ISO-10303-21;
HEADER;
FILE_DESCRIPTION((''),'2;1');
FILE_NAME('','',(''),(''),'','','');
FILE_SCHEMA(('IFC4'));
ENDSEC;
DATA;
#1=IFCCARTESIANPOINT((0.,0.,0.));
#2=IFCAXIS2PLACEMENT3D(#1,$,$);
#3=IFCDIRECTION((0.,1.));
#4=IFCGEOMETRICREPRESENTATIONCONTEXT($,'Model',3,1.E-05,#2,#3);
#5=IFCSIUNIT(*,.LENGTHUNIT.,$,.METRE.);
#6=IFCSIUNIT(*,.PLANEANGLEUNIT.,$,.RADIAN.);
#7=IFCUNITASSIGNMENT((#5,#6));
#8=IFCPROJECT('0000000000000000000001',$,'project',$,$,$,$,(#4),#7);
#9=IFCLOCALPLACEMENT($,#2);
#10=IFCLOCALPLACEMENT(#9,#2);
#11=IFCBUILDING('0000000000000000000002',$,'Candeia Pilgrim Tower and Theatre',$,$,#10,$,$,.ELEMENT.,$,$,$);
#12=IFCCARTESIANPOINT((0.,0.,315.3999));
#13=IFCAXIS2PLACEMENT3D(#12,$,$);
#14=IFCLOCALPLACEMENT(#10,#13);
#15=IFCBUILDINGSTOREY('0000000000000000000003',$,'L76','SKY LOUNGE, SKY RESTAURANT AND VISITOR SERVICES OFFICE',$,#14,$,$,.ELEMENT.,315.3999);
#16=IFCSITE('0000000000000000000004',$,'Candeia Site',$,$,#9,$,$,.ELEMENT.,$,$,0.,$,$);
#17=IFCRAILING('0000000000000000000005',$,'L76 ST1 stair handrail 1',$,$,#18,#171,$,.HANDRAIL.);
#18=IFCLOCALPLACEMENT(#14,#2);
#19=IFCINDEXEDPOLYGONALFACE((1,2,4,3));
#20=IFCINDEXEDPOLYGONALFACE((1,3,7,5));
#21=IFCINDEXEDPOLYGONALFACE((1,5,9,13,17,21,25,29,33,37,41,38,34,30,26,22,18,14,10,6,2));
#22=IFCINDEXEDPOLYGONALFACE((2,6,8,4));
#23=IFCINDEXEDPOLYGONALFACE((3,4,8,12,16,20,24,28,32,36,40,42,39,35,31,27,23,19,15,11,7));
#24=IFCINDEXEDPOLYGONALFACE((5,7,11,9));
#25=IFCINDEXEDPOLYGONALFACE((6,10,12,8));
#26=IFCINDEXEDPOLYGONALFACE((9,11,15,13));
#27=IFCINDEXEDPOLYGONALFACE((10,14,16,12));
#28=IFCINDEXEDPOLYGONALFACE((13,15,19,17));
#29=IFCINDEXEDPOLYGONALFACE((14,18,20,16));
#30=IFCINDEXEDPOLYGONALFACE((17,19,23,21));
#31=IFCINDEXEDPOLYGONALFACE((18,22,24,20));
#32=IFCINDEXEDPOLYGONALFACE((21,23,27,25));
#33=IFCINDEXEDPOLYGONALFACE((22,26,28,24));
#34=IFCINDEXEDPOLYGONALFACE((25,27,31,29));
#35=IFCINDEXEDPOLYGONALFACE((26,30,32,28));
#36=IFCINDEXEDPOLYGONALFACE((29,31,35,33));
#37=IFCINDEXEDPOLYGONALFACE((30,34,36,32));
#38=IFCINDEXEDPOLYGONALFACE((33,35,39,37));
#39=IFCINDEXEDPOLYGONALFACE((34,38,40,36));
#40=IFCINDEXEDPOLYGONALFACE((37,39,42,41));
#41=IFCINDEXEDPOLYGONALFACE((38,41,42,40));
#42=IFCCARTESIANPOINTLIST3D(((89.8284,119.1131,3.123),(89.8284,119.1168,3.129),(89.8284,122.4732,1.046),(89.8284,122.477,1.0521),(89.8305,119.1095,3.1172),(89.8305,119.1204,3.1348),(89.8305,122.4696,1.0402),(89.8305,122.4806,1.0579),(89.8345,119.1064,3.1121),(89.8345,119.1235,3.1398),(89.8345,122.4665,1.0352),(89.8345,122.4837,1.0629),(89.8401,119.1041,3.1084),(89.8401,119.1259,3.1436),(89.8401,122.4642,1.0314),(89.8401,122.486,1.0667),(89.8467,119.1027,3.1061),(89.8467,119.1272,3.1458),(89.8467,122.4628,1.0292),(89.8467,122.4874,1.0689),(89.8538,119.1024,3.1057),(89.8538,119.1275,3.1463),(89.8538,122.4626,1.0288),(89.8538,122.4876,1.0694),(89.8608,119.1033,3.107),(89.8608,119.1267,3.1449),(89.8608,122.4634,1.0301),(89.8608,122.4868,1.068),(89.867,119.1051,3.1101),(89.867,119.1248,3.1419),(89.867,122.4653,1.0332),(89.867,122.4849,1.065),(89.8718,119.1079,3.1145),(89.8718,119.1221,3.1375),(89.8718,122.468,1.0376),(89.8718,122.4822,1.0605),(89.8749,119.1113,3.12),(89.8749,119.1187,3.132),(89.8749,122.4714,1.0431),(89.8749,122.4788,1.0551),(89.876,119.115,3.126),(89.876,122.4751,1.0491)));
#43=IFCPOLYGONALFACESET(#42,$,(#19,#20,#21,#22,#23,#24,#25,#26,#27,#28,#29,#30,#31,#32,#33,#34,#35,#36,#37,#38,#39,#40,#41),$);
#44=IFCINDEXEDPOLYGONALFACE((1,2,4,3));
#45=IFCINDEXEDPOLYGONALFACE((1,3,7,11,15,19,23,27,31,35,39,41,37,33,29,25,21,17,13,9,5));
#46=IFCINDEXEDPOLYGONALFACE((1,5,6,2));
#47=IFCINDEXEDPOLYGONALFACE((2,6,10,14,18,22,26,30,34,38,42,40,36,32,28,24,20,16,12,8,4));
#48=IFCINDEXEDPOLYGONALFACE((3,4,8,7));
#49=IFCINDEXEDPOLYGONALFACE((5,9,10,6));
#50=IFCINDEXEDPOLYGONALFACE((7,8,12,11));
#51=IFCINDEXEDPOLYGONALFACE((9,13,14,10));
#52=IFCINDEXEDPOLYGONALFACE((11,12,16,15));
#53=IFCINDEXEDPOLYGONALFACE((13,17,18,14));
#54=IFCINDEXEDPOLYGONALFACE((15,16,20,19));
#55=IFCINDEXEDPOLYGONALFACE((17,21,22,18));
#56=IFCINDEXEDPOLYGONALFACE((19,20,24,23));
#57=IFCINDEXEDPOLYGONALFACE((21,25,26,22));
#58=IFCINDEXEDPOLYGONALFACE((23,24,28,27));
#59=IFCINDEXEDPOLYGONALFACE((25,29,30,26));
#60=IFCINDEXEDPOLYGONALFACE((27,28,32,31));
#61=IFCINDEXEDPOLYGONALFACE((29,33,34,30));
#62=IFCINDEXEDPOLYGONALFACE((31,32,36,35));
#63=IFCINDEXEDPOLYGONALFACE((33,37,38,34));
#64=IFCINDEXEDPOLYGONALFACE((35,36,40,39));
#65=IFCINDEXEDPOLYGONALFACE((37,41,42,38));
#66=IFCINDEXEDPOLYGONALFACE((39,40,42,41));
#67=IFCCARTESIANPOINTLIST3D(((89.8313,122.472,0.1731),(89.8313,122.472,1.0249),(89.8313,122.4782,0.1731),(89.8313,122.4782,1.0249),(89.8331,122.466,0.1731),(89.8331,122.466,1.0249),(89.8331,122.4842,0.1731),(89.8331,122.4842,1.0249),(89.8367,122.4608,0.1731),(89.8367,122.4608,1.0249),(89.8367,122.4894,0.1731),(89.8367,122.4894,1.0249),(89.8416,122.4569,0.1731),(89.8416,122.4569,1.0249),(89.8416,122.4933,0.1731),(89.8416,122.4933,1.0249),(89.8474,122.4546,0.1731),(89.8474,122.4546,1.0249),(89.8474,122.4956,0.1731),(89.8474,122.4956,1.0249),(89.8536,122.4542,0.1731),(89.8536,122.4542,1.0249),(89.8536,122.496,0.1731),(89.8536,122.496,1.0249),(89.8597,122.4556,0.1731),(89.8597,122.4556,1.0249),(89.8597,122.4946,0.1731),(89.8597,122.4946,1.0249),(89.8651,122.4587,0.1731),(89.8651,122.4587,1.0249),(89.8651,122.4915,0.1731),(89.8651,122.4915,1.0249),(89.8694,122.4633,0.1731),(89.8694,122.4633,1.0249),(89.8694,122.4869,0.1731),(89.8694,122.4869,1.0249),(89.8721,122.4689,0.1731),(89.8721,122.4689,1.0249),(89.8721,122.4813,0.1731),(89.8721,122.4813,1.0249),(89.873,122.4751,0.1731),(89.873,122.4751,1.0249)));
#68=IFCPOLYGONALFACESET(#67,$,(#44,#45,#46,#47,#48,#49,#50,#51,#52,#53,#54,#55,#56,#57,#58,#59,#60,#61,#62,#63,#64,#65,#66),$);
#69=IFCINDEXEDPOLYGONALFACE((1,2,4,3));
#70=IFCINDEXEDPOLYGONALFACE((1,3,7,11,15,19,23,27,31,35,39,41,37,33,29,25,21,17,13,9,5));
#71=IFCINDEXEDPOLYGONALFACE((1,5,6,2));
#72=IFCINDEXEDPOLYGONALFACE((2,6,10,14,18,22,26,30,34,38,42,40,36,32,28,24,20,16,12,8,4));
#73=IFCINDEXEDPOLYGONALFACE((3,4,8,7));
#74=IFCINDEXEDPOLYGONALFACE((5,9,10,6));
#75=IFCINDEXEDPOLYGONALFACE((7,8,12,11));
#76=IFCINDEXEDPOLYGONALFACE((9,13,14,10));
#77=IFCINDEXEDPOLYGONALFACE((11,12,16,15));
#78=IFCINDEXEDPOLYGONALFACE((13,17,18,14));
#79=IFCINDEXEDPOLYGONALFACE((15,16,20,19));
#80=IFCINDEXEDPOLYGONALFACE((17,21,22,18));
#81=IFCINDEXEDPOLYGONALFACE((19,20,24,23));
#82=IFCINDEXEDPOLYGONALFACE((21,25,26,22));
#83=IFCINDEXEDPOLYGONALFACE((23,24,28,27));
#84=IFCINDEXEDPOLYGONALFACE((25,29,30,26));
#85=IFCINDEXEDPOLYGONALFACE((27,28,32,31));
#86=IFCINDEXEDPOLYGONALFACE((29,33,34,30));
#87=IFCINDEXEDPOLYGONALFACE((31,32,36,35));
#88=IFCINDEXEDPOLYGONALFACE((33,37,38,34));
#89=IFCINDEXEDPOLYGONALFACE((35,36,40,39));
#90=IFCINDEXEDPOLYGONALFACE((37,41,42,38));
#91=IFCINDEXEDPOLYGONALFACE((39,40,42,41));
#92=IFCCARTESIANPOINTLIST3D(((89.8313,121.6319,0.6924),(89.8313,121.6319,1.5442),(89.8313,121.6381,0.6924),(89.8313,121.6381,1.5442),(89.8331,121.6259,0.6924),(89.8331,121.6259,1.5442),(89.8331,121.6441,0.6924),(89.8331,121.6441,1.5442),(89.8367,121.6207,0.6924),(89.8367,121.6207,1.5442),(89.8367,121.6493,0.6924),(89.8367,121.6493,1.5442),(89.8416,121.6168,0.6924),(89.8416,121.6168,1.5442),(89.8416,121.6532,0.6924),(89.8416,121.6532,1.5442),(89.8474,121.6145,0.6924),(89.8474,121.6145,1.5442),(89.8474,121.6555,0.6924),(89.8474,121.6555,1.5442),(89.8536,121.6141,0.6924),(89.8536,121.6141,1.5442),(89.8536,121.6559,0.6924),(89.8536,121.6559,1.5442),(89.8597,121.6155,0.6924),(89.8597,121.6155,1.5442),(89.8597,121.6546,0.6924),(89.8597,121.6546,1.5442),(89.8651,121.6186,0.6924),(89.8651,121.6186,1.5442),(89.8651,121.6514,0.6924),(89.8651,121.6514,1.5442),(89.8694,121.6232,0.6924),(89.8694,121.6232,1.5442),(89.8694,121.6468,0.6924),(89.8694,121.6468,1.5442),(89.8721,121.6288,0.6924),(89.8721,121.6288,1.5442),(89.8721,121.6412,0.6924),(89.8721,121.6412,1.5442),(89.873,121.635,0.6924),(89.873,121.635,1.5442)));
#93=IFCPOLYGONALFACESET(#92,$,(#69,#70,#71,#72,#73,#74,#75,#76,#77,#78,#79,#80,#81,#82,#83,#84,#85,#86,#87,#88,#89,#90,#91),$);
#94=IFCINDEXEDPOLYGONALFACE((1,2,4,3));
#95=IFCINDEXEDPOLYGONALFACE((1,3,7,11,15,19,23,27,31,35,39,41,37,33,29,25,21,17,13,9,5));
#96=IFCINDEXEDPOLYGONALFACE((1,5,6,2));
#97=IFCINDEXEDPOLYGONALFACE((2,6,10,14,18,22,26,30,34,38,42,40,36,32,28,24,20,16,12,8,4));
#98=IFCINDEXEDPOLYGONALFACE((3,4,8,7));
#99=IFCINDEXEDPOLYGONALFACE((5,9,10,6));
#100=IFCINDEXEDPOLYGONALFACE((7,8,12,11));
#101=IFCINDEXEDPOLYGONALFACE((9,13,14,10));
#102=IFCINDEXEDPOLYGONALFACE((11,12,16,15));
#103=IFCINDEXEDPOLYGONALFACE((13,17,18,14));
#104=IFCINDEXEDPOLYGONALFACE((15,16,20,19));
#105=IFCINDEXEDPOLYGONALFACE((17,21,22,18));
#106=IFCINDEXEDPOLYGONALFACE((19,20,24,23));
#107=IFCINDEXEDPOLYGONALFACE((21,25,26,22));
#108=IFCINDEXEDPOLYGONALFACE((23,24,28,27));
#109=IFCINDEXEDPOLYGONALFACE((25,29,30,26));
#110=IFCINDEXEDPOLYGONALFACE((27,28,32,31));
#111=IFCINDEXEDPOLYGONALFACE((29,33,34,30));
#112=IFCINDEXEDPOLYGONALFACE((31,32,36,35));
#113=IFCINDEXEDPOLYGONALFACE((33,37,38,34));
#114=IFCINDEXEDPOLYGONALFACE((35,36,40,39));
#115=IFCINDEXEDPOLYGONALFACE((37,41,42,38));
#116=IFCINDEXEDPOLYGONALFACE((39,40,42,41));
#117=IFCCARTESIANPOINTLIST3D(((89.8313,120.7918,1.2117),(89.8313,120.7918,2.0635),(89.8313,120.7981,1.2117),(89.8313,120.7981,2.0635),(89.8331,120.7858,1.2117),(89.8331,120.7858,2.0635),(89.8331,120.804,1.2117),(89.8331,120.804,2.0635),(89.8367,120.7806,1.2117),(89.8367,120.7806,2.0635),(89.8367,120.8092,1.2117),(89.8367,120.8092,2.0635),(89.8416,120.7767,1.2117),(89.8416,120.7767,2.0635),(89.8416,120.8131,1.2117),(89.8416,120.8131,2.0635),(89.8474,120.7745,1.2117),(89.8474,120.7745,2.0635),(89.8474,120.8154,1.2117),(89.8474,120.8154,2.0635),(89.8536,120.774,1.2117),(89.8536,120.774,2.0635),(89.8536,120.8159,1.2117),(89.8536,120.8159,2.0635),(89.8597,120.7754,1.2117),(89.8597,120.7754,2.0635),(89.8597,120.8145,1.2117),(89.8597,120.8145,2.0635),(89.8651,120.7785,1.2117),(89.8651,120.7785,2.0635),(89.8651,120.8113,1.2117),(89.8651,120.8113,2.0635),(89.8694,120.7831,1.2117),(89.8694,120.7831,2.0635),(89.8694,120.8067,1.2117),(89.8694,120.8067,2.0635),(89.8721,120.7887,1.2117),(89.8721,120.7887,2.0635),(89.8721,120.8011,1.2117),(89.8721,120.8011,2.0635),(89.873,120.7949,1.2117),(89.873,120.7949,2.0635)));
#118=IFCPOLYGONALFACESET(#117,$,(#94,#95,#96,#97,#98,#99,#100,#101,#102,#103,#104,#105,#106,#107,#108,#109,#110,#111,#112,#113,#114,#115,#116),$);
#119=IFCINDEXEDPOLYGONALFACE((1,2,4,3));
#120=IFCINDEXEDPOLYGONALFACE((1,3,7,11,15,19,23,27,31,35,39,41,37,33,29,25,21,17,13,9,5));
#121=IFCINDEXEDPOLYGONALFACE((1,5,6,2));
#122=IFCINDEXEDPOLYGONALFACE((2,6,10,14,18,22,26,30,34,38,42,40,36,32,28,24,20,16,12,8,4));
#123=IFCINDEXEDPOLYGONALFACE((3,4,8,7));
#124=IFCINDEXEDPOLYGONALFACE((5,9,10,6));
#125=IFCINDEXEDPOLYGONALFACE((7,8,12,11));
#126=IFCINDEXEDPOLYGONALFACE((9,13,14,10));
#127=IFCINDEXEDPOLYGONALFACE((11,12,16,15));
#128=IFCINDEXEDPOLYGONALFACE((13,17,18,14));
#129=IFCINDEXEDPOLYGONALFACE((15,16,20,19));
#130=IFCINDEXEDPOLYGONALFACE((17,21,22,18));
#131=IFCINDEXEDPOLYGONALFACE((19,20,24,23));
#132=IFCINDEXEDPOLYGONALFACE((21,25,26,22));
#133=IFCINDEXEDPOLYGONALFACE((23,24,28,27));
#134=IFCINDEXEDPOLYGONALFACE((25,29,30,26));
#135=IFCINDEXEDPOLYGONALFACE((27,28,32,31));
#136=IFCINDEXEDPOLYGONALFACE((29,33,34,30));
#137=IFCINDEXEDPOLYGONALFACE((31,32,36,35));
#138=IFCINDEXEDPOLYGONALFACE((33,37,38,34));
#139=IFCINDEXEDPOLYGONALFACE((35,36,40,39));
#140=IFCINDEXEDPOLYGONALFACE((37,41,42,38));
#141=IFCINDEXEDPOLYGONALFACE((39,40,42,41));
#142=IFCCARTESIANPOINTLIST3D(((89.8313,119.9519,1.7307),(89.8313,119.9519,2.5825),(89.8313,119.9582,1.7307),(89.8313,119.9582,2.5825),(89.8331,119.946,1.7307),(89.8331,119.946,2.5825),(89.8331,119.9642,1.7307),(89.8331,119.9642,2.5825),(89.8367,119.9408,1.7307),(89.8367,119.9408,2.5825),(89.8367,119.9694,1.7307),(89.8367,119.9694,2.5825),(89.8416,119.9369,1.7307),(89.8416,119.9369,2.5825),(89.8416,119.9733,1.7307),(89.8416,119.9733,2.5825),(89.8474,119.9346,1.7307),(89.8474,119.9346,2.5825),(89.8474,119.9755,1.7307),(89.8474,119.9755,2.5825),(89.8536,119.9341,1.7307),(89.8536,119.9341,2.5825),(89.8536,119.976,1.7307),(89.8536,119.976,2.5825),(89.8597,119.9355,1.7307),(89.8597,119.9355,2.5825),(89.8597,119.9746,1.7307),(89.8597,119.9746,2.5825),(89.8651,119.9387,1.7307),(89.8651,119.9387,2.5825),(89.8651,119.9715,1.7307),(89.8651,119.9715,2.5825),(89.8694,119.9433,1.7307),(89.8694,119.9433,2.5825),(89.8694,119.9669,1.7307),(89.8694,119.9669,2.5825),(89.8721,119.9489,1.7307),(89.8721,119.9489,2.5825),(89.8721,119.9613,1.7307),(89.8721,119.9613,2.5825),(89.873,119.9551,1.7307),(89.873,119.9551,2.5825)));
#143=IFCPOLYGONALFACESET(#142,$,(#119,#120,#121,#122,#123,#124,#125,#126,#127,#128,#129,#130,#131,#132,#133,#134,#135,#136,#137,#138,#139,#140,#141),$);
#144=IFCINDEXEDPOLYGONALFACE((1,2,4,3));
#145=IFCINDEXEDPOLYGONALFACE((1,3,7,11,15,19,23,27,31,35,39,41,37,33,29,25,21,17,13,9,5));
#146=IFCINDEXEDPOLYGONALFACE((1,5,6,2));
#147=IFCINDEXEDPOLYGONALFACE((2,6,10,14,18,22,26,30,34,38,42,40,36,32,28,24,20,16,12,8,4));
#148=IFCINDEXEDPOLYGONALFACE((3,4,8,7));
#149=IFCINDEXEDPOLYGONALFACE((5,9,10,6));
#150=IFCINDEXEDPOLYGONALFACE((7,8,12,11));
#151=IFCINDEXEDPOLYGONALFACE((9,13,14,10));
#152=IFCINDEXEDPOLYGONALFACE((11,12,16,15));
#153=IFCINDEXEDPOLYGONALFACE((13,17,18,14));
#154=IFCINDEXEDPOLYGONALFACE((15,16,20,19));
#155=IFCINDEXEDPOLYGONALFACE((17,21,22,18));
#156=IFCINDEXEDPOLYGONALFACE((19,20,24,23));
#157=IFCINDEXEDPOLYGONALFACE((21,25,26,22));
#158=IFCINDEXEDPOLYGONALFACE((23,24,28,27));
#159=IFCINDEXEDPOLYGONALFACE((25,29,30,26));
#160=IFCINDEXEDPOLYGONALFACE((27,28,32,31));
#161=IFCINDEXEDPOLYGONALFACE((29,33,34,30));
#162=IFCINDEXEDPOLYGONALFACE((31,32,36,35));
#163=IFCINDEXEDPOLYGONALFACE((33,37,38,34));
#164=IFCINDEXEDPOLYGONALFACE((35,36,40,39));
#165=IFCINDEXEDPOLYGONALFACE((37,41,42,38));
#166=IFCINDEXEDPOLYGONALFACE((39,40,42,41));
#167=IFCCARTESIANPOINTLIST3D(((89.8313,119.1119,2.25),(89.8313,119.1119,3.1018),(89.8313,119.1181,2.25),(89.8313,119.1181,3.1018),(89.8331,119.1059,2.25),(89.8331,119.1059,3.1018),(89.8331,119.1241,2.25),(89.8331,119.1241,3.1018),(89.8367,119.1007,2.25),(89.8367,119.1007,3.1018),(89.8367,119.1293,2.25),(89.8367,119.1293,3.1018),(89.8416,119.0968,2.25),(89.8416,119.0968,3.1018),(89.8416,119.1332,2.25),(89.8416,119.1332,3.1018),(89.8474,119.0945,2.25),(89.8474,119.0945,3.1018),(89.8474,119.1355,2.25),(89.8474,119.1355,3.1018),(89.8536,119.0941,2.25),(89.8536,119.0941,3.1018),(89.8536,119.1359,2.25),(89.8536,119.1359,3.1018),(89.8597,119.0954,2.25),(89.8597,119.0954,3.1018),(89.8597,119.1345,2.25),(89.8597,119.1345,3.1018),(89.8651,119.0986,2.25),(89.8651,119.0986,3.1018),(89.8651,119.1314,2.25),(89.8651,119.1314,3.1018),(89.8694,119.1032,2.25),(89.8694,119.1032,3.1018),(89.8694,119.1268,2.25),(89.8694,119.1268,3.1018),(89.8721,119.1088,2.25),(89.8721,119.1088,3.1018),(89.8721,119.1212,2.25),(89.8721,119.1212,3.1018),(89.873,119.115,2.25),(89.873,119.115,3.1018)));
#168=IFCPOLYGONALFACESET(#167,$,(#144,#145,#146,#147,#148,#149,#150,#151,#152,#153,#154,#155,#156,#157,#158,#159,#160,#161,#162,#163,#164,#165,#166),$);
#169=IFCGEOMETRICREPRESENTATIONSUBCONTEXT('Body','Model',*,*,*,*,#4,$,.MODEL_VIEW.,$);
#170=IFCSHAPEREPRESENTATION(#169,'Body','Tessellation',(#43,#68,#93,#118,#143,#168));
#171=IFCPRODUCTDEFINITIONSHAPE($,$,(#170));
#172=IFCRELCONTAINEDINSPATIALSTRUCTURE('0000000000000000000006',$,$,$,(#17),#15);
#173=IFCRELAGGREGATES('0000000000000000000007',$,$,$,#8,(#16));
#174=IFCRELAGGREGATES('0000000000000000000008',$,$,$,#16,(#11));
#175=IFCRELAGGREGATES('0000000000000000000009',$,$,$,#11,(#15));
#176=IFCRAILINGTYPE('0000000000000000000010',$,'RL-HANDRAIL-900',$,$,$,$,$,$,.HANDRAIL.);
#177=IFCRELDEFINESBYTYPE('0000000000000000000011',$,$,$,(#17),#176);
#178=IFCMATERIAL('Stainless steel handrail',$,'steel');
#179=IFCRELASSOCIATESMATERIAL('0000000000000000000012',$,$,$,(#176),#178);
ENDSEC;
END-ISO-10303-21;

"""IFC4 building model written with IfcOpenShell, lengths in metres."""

from ifc_helpers import new_model, si_unit, direction, frame, origin, origin_2d, place, context, subcontext, project, spatial, circle, extrude, material, type_object, element, save


model = new_model("IFC4")

# Units and contexts
model_context = context("Model", 3, precision=1e-05, world=origin(), true_north=direction((0.0, 1.0)))
body_context = subcontext(model_context, "Body", "Model", "MODEL_VIEW")
ifc_project = project(units=[si_unit("LENGTHUNIT", "METRE"), si_unit("PLANEANGLEUNIT", "RADIAN")], contexts=[model_context])

# Site, building, storey
site_placement = place(None, origin())
site = spatial("IfcSite", under=ifc_project, at=site_placement, Name="Candeia Site", CompositionType="ELEMENT", RefElevation=0.0)
building_placement = place(site_placement, origin())
building = spatial("IfcBuilding", under=site, at=building_placement, Name="Candeia Pilgrim Tower and Theatre", CompositionType="ELEMENT")
storey_placement = place(building_placement, frame((0.0, 0.0, 315.3999)))
storey = spatial("IfcBuildingStorey", under=building, at=storey_placement, Name="L76", Description="SKY LOUNGE, SKY RESTAURANT AND VISITOR SERVICES OFFICE", CompositionType="ELEMENT", Elevation=315.3999)

# Railing
ifc_material_1 = material(Name="Stainless steel handrail", Category="steel")
railing_type_1 = type_object("IfcRailingType", Name="RL-HANDRAIL-900", PredefinedType="HANDRAIL", material=ifc_material_1)
railing_1_placement = place(storey_placement, frame((89.8521, 122.4751, 0.1731)))
element("IfcRailing", 1, at=railing_1_placement, inside=storey, type_object=railing_type_1, Name="L76 ST1 stair handrail 1", PredefinedType="HANDRAIL", context=body_context, shape_type="SweptSolid", body=[
    extrude(circle(Radius=0.0239, at=origin_2d()), frame((0.0, 0.0, 0.876), z_axis=(0.0, -0.850623, 0.525776), x_axis=(1.0, 0.0, 0.0)), (0.0, 0.0, 1.0), 3.9502),
    extrude(circle(Radius=0.021, at=origin_2d()), origin(), (0.0, 0.0, 1.0), 0.8518),
    extrude(circle(Radius=0.021, at=origin_2d()), frame((0.0, -0.8401, 0.5193)), (0.0, 0.0, 1.0), 0.8518),
    extrude(circle(Radius=0.021, at=origin_2d()), frame((0.0, -1.6802, 1.0386)), (0.0, 0.0, 1.0), 0.8518),
    extrude(circle(Radius=0.021, at=origin_2d()), frame((0.0, -2.52, 1.5576)), (0.0, 0.0, 1.0), 0.8518),
    extrude(circle(Radius=0.021, at=origin_2d()), frame((0.0, -3.3601, 2.0769)), (0.0, 0.0, 1.0), 0.8518),
])

save(model, "model.ifc")
